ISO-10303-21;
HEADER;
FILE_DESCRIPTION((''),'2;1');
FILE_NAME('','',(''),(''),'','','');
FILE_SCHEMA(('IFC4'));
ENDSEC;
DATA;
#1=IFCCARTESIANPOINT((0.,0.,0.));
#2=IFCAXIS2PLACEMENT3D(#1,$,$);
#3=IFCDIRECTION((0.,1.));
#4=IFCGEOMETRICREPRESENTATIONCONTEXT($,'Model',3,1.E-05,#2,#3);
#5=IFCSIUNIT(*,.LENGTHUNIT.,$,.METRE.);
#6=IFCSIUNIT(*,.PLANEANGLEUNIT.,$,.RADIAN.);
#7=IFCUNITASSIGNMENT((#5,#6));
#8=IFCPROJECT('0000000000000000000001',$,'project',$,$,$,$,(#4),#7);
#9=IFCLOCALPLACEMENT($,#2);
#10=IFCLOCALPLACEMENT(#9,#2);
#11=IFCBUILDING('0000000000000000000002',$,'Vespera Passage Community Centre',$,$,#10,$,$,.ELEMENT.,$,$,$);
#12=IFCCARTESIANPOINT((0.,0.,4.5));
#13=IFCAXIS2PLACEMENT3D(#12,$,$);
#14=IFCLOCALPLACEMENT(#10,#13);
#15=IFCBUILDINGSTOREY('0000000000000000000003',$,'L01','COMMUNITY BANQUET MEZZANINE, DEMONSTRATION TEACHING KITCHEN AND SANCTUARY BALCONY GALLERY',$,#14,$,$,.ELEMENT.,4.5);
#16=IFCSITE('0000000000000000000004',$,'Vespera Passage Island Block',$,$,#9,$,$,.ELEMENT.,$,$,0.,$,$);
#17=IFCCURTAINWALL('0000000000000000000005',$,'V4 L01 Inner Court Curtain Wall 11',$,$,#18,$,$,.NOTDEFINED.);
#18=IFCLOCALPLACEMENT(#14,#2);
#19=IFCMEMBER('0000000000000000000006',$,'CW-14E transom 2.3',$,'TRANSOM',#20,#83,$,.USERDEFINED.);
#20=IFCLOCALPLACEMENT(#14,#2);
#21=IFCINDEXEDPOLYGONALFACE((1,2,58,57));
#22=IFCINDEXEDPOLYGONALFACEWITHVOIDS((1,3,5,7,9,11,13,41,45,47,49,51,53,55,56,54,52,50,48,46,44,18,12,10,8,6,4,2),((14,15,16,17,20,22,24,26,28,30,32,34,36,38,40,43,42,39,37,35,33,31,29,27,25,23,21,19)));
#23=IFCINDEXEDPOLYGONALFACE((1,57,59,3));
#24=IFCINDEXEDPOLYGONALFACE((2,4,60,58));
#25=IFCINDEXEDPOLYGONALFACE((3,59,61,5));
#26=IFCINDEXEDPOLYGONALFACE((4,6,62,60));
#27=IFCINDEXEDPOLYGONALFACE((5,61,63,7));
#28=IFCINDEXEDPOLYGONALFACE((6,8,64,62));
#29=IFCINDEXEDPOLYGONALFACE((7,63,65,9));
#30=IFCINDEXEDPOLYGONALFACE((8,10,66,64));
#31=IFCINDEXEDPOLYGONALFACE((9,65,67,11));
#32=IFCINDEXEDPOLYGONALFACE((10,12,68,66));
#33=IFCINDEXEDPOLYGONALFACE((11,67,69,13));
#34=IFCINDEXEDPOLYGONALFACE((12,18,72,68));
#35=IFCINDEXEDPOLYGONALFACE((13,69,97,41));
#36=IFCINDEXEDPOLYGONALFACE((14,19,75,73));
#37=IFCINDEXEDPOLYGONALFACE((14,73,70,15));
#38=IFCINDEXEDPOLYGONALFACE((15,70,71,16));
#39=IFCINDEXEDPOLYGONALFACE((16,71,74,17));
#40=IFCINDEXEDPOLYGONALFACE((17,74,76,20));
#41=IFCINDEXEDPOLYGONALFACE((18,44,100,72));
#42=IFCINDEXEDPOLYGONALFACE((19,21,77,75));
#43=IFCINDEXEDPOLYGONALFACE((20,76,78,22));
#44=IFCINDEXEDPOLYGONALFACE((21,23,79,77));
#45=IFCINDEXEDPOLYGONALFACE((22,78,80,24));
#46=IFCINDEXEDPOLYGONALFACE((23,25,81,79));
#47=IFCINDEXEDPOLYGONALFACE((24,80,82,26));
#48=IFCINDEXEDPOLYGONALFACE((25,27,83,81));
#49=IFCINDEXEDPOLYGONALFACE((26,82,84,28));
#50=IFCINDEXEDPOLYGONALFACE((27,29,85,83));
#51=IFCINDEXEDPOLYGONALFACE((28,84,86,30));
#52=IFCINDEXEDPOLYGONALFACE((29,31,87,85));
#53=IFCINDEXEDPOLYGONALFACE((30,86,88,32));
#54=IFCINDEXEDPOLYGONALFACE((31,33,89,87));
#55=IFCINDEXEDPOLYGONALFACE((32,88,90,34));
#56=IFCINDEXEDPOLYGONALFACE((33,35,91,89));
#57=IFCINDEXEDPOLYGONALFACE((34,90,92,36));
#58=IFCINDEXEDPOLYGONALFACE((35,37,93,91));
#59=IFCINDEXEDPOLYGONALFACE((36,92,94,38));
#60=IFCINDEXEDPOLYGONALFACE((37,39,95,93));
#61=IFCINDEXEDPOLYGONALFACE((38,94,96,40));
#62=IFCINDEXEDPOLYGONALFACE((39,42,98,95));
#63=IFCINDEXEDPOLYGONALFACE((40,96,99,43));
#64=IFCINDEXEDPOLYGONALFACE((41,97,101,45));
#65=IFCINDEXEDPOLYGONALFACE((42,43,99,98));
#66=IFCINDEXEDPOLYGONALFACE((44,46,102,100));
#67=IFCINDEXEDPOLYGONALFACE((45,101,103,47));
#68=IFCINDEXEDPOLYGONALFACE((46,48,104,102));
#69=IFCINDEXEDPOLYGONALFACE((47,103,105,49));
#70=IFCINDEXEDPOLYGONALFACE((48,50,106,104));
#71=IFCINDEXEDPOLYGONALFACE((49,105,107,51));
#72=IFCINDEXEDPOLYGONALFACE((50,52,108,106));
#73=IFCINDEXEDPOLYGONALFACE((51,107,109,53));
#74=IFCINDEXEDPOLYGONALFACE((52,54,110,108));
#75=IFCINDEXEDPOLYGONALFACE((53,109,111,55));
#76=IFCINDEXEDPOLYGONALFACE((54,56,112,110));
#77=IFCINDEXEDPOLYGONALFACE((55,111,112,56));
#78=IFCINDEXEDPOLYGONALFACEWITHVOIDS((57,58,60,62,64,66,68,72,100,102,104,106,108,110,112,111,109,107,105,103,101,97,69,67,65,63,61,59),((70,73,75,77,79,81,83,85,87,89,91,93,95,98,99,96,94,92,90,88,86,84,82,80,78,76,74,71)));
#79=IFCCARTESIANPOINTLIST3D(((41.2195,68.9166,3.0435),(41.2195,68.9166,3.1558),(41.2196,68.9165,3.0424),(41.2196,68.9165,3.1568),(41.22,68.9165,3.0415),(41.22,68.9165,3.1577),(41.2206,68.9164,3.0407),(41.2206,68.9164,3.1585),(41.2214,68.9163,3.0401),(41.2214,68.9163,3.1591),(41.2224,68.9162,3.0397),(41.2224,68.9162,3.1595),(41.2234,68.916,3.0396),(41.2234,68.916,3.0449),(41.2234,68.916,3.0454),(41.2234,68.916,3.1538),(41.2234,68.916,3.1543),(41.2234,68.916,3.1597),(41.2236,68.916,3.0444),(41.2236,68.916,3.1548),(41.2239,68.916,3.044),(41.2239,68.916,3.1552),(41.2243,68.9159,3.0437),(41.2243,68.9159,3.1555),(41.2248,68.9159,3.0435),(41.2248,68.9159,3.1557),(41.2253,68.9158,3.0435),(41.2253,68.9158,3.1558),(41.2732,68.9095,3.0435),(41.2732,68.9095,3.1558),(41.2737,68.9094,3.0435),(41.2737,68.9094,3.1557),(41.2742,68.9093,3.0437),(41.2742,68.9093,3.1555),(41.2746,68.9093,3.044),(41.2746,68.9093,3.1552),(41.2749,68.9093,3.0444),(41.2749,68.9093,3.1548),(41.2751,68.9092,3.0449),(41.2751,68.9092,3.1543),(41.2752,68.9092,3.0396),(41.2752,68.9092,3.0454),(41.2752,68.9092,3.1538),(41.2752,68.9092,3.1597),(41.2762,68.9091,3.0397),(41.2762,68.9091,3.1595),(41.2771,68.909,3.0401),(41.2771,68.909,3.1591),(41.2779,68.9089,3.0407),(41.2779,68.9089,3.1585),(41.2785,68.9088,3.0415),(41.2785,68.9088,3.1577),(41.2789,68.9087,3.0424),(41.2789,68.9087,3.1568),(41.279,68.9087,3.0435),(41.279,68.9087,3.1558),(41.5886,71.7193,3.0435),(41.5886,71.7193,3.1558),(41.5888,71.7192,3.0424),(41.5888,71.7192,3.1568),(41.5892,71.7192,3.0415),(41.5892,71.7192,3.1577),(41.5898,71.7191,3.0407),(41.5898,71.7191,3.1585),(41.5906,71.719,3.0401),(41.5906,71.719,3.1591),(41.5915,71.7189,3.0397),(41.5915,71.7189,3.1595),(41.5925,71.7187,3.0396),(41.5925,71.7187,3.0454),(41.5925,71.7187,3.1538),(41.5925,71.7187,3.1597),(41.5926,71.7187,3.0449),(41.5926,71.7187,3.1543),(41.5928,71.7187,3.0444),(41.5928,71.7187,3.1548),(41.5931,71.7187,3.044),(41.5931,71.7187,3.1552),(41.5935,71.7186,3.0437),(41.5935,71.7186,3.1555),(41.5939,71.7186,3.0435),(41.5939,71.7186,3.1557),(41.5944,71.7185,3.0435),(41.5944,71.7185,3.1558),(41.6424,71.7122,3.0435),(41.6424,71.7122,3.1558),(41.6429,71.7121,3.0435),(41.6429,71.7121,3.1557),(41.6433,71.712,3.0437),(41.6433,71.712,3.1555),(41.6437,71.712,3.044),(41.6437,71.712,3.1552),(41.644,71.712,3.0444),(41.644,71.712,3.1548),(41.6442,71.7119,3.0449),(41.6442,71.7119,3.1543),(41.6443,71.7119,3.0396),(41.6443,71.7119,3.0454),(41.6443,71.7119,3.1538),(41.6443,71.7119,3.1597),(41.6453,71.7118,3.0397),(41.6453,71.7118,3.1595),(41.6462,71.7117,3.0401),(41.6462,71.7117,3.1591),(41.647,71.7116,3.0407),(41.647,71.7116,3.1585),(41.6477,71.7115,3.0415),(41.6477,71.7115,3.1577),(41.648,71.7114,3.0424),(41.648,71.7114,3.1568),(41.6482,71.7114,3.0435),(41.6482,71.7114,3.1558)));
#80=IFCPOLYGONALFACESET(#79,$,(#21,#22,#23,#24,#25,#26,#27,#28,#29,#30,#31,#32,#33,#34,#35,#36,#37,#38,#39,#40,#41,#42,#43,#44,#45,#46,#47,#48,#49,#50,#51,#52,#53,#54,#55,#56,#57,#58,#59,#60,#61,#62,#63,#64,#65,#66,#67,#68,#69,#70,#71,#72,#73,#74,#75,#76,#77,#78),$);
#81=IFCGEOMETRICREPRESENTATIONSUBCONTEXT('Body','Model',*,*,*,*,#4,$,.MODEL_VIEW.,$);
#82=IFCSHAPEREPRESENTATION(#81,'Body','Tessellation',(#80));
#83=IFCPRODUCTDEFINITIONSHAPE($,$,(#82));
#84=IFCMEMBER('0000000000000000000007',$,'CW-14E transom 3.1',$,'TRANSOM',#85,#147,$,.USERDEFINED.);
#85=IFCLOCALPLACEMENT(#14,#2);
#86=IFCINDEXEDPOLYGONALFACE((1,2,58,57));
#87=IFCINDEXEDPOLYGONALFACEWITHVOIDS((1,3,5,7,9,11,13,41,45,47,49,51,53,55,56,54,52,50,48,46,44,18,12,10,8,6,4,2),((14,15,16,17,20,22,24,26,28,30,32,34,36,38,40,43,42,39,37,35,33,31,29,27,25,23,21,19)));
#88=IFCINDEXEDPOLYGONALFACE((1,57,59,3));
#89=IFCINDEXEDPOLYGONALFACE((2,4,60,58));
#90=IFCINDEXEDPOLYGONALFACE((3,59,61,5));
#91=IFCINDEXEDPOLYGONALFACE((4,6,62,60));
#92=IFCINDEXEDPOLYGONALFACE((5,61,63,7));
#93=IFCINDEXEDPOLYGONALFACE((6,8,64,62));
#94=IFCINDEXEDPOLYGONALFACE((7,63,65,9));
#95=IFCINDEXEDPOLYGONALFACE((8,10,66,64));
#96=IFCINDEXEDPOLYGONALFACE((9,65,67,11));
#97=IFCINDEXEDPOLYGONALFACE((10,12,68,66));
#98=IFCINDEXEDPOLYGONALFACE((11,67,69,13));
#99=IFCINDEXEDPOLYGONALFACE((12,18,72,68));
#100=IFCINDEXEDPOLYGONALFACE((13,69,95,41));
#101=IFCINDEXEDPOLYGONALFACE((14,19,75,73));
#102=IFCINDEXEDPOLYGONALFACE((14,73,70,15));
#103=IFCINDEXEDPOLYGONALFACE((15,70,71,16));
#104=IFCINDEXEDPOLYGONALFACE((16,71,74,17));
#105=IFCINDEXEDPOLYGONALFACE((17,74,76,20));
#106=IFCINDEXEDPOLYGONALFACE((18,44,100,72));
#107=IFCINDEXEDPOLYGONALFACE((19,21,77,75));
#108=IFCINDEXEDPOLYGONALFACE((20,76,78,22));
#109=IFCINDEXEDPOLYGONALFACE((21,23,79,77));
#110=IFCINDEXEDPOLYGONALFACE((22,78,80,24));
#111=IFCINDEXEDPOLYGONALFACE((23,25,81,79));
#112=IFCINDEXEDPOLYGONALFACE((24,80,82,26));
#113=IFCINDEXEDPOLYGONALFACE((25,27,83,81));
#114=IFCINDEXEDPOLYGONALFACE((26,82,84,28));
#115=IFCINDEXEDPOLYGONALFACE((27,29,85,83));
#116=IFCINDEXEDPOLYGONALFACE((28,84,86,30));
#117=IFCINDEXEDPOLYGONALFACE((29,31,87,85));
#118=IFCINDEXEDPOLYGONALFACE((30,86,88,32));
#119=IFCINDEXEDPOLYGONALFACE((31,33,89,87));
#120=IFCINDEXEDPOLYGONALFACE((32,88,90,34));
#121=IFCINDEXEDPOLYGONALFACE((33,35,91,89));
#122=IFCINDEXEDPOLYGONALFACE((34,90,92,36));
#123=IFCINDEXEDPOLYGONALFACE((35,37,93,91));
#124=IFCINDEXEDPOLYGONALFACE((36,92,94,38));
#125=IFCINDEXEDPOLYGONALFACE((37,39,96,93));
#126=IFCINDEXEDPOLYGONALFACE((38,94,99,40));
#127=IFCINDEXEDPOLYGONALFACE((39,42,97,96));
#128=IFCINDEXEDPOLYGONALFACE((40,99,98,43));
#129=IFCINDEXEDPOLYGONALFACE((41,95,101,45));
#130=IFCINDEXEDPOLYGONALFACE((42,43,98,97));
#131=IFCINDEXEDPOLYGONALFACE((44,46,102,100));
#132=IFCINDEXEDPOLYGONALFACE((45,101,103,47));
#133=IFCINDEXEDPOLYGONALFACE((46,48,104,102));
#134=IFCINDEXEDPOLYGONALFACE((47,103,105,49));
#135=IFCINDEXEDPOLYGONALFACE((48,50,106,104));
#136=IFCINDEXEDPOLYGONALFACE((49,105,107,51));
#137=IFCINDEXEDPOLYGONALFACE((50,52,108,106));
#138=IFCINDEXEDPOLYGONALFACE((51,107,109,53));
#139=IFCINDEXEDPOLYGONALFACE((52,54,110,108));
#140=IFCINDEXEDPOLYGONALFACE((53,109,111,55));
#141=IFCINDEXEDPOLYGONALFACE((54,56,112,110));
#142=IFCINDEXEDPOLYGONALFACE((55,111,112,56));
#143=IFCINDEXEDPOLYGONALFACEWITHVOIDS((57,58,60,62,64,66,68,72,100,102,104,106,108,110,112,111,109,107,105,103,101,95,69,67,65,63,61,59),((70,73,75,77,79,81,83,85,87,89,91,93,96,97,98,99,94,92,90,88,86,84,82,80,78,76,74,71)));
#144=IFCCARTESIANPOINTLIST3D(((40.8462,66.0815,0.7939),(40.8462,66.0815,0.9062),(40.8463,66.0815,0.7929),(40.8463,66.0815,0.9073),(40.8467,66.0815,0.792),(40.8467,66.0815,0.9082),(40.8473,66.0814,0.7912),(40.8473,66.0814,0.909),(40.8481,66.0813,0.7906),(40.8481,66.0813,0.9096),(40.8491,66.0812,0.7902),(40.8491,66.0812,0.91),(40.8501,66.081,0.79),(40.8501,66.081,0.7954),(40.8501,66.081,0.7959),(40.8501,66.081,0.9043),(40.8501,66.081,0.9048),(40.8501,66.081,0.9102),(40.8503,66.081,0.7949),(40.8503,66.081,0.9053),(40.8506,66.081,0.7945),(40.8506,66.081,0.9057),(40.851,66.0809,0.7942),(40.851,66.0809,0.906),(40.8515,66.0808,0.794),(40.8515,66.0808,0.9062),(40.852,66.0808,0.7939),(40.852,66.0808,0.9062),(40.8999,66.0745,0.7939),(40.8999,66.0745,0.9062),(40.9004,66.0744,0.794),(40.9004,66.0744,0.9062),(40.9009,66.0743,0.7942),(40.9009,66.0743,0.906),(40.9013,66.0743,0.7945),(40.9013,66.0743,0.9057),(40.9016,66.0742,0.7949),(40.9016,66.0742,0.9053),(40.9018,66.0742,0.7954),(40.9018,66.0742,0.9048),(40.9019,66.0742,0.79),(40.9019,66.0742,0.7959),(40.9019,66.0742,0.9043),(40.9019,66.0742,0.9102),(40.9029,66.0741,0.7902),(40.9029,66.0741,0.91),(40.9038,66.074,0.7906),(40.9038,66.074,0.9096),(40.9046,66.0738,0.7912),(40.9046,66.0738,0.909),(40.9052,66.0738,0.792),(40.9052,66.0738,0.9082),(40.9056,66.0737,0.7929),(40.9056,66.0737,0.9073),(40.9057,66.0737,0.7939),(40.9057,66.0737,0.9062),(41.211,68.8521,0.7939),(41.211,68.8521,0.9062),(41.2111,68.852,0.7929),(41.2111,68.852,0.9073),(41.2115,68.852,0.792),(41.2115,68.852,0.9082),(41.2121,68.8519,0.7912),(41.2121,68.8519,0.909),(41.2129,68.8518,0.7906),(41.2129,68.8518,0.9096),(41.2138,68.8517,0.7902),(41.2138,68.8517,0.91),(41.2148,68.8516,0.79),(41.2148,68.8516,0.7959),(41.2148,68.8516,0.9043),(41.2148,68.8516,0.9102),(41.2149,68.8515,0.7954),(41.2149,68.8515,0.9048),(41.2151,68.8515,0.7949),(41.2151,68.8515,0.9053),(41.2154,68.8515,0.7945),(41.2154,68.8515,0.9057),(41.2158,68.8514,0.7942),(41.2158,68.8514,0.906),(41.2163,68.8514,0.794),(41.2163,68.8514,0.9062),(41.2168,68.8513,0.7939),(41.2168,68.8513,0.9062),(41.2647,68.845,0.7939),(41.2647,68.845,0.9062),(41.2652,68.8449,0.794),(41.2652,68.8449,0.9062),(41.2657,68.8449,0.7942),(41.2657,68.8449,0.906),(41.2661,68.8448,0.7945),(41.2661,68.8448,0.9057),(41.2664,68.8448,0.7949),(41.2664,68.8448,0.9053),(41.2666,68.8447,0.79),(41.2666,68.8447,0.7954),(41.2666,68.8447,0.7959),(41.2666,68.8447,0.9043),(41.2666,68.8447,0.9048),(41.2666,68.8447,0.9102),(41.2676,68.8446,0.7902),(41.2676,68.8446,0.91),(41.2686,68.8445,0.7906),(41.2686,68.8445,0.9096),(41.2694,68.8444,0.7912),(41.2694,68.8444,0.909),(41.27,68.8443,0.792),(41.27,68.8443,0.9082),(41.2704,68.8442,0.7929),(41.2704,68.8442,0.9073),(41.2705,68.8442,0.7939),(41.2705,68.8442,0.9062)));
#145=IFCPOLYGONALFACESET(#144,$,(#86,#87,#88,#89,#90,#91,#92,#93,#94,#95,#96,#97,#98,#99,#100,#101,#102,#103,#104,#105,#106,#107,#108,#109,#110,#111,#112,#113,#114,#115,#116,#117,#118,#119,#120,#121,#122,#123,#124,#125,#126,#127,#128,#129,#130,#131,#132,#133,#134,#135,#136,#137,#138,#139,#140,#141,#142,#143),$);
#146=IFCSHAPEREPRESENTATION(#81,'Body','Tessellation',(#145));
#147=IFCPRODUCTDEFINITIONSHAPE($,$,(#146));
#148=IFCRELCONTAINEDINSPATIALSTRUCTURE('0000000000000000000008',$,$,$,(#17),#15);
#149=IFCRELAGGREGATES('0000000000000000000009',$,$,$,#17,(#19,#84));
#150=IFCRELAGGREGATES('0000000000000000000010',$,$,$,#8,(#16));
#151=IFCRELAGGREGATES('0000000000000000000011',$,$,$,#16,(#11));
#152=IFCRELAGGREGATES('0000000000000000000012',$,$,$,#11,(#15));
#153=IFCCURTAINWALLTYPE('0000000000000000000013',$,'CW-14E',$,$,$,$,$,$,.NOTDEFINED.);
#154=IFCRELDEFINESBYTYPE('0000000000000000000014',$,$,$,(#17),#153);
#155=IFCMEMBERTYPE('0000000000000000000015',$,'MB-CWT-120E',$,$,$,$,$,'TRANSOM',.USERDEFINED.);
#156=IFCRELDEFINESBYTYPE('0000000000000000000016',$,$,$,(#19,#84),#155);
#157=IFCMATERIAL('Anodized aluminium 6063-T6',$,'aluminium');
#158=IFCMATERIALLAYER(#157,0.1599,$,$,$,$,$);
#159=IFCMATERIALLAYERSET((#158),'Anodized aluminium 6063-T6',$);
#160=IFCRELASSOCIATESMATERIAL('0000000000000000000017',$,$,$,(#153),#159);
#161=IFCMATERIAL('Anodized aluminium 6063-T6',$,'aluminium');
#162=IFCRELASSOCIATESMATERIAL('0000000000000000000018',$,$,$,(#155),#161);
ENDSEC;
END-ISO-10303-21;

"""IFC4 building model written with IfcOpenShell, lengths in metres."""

from ifc_helpers import new_model, si_unit, direction, frame, origin, origin_2d, place, context, subcontext, project, spatial, hollow_rectangle, extrude, material, layer, layer_set, material_profile, profile_set, type_object, element, aggregate, save


model = new_model("IFC4")

# Units and contexts
model_context = context("Model", 3, precision=1e-05, world=origin(), true_north=direction((0.0, 1.0)))
body_context = subcontext(model_context, "Body", "Model", "MODEL_VIEW")
ifc_project = project(units=[si_unit("LENGTHUNIT", "METRE"), si_unit("PLANEANGLEUNIT", "RADIAN")], contexts=[model_context])

# Site, building, storey
site_placement = place(None, origin())
site = spatial("IfcSite", under=ifc_project, at=site_placement, Name="Vespera Passage Island Block", CompositionType="ELEMENT", RefElevation=0.0)
building_placement = place(site_placement, origin())
building = spatial("IfcBuilding", under=site, at=building_placement, Name="Vespera Passage Community Centre", CompositionType="ELEMENT")
storey_placement = place(building_placement, frame((0.0, 0.0, 4.5)))
storey = spatial("IfcBuildingStorey", under=building, at=storey_placement, Name="L01", Description="COMMUNITY BANQUET MEZZANINE, DEMONSTRATION TEACHING KITCHEN AND SANCTUARY BALCONY GALLERY", CompositionType="ELEMENT", Elevation=4.5)

# Curtain wall
ifc_material_1 = material(Name="Anodized aluminium 6063-T6", Category="aluminium")
ifc_layer_1 = layer(ifc_material_1, 0.1599)
ifc_layer_set_1 = layer_set([ifc_layer_1], Name="Anodized aluminium 6063-T6")
curtain_wall_type_1 = type_object("IfcCurtainWallType", Name="CW-14E", PredefinedType="NOTDEFINED", material=ifc_layer_set_1)
curtain_wall_1_placement = place(storey_placement, origin())
curtain_wall_1 = element("IfcCurtainWall", 1, at=curtain_wall_1_placement, inside=storey, type_object=curtain_wall_type_1, Name="V4 L01 Inner Court Curtain Wall 11", PredefinedType="NOTDEFINED")

# Members
ifc_material_2 = material(Name="Anodized aluminium 6063-T6", Category="aluminium")
ifc_material_profile_1 = material_profile(ifc_material_2, hollow_rectangle(XDim=0.0601, YDim=0.1201, WallThickness=0.0039, InnerFilletRadius=0.002, OuterFilletRadius=0.0039, at=origin_2d()), Name="ALU120X60X4")
ifc_profile_set_1 = profile_set([ifc_material_profile_1], Name="Anodized aluminium 6063-T6")
member_type_1 = type_object("IfcMemberType", Name="MB-CWT-120E", ElementType="TRANSOM", PredefinedType="USERDEFINED", material=ifc_profile_set_1)
member_1_placement = place(storey_placement, frame((41.6184, 71.7153, 3.0996), z_axis=(-0.13058, -0.991438, 0.0), x_axis=(0.991438, -0.13058, 0.0)))
member_1 = element("IfcMember", 2, at=member_1_placement, type_object=member_type_1, Name="CW-14E transom 2.3", ObjectType="TRANSOM", PredefinedType="USERDEFINED", context=body_context, shape_type="SweptSolid", body=[
    extrude(hollow_rectangle(XDim=0.0601, YDim=0.1201, WallThickness=0.0039, InnerFilletRadius=0.002, OuterFilletRadius=0.0039, at=origin_2d()), origin(), (0.0, 0.0, 1.0), 2.8269),
])
member_2_placement = place(storey_placement, frame((41.2407, 68.8481, 0.8501), z_axis=(-0.130527, -0.991445, 0.0), x_axis=(0.991445, -0.130527, 0.0)))
member_2 = element("IfcMember", 3, at=member_2_placement, type_object=member_type_1, Name="CW-14E transom 3.1", ObjectType="TRANSOM", PredefinedType="USERDEFINED", context=body_context, shape_type="SweptSolid", body=[
    extrude(hollow_rectangle(XDim=0.0601, YDim=0.1201, WallThickness=0.0039, InnerFilletRadius=0.002, OuterFilletRadius=0.0039, at=origin_2d()), origin(), (0.0, 0.0, 1.0), 2.7944),
])

aggregate(curtain_wall_1, [member_1, member_2])

save(model, "model.ifc")
